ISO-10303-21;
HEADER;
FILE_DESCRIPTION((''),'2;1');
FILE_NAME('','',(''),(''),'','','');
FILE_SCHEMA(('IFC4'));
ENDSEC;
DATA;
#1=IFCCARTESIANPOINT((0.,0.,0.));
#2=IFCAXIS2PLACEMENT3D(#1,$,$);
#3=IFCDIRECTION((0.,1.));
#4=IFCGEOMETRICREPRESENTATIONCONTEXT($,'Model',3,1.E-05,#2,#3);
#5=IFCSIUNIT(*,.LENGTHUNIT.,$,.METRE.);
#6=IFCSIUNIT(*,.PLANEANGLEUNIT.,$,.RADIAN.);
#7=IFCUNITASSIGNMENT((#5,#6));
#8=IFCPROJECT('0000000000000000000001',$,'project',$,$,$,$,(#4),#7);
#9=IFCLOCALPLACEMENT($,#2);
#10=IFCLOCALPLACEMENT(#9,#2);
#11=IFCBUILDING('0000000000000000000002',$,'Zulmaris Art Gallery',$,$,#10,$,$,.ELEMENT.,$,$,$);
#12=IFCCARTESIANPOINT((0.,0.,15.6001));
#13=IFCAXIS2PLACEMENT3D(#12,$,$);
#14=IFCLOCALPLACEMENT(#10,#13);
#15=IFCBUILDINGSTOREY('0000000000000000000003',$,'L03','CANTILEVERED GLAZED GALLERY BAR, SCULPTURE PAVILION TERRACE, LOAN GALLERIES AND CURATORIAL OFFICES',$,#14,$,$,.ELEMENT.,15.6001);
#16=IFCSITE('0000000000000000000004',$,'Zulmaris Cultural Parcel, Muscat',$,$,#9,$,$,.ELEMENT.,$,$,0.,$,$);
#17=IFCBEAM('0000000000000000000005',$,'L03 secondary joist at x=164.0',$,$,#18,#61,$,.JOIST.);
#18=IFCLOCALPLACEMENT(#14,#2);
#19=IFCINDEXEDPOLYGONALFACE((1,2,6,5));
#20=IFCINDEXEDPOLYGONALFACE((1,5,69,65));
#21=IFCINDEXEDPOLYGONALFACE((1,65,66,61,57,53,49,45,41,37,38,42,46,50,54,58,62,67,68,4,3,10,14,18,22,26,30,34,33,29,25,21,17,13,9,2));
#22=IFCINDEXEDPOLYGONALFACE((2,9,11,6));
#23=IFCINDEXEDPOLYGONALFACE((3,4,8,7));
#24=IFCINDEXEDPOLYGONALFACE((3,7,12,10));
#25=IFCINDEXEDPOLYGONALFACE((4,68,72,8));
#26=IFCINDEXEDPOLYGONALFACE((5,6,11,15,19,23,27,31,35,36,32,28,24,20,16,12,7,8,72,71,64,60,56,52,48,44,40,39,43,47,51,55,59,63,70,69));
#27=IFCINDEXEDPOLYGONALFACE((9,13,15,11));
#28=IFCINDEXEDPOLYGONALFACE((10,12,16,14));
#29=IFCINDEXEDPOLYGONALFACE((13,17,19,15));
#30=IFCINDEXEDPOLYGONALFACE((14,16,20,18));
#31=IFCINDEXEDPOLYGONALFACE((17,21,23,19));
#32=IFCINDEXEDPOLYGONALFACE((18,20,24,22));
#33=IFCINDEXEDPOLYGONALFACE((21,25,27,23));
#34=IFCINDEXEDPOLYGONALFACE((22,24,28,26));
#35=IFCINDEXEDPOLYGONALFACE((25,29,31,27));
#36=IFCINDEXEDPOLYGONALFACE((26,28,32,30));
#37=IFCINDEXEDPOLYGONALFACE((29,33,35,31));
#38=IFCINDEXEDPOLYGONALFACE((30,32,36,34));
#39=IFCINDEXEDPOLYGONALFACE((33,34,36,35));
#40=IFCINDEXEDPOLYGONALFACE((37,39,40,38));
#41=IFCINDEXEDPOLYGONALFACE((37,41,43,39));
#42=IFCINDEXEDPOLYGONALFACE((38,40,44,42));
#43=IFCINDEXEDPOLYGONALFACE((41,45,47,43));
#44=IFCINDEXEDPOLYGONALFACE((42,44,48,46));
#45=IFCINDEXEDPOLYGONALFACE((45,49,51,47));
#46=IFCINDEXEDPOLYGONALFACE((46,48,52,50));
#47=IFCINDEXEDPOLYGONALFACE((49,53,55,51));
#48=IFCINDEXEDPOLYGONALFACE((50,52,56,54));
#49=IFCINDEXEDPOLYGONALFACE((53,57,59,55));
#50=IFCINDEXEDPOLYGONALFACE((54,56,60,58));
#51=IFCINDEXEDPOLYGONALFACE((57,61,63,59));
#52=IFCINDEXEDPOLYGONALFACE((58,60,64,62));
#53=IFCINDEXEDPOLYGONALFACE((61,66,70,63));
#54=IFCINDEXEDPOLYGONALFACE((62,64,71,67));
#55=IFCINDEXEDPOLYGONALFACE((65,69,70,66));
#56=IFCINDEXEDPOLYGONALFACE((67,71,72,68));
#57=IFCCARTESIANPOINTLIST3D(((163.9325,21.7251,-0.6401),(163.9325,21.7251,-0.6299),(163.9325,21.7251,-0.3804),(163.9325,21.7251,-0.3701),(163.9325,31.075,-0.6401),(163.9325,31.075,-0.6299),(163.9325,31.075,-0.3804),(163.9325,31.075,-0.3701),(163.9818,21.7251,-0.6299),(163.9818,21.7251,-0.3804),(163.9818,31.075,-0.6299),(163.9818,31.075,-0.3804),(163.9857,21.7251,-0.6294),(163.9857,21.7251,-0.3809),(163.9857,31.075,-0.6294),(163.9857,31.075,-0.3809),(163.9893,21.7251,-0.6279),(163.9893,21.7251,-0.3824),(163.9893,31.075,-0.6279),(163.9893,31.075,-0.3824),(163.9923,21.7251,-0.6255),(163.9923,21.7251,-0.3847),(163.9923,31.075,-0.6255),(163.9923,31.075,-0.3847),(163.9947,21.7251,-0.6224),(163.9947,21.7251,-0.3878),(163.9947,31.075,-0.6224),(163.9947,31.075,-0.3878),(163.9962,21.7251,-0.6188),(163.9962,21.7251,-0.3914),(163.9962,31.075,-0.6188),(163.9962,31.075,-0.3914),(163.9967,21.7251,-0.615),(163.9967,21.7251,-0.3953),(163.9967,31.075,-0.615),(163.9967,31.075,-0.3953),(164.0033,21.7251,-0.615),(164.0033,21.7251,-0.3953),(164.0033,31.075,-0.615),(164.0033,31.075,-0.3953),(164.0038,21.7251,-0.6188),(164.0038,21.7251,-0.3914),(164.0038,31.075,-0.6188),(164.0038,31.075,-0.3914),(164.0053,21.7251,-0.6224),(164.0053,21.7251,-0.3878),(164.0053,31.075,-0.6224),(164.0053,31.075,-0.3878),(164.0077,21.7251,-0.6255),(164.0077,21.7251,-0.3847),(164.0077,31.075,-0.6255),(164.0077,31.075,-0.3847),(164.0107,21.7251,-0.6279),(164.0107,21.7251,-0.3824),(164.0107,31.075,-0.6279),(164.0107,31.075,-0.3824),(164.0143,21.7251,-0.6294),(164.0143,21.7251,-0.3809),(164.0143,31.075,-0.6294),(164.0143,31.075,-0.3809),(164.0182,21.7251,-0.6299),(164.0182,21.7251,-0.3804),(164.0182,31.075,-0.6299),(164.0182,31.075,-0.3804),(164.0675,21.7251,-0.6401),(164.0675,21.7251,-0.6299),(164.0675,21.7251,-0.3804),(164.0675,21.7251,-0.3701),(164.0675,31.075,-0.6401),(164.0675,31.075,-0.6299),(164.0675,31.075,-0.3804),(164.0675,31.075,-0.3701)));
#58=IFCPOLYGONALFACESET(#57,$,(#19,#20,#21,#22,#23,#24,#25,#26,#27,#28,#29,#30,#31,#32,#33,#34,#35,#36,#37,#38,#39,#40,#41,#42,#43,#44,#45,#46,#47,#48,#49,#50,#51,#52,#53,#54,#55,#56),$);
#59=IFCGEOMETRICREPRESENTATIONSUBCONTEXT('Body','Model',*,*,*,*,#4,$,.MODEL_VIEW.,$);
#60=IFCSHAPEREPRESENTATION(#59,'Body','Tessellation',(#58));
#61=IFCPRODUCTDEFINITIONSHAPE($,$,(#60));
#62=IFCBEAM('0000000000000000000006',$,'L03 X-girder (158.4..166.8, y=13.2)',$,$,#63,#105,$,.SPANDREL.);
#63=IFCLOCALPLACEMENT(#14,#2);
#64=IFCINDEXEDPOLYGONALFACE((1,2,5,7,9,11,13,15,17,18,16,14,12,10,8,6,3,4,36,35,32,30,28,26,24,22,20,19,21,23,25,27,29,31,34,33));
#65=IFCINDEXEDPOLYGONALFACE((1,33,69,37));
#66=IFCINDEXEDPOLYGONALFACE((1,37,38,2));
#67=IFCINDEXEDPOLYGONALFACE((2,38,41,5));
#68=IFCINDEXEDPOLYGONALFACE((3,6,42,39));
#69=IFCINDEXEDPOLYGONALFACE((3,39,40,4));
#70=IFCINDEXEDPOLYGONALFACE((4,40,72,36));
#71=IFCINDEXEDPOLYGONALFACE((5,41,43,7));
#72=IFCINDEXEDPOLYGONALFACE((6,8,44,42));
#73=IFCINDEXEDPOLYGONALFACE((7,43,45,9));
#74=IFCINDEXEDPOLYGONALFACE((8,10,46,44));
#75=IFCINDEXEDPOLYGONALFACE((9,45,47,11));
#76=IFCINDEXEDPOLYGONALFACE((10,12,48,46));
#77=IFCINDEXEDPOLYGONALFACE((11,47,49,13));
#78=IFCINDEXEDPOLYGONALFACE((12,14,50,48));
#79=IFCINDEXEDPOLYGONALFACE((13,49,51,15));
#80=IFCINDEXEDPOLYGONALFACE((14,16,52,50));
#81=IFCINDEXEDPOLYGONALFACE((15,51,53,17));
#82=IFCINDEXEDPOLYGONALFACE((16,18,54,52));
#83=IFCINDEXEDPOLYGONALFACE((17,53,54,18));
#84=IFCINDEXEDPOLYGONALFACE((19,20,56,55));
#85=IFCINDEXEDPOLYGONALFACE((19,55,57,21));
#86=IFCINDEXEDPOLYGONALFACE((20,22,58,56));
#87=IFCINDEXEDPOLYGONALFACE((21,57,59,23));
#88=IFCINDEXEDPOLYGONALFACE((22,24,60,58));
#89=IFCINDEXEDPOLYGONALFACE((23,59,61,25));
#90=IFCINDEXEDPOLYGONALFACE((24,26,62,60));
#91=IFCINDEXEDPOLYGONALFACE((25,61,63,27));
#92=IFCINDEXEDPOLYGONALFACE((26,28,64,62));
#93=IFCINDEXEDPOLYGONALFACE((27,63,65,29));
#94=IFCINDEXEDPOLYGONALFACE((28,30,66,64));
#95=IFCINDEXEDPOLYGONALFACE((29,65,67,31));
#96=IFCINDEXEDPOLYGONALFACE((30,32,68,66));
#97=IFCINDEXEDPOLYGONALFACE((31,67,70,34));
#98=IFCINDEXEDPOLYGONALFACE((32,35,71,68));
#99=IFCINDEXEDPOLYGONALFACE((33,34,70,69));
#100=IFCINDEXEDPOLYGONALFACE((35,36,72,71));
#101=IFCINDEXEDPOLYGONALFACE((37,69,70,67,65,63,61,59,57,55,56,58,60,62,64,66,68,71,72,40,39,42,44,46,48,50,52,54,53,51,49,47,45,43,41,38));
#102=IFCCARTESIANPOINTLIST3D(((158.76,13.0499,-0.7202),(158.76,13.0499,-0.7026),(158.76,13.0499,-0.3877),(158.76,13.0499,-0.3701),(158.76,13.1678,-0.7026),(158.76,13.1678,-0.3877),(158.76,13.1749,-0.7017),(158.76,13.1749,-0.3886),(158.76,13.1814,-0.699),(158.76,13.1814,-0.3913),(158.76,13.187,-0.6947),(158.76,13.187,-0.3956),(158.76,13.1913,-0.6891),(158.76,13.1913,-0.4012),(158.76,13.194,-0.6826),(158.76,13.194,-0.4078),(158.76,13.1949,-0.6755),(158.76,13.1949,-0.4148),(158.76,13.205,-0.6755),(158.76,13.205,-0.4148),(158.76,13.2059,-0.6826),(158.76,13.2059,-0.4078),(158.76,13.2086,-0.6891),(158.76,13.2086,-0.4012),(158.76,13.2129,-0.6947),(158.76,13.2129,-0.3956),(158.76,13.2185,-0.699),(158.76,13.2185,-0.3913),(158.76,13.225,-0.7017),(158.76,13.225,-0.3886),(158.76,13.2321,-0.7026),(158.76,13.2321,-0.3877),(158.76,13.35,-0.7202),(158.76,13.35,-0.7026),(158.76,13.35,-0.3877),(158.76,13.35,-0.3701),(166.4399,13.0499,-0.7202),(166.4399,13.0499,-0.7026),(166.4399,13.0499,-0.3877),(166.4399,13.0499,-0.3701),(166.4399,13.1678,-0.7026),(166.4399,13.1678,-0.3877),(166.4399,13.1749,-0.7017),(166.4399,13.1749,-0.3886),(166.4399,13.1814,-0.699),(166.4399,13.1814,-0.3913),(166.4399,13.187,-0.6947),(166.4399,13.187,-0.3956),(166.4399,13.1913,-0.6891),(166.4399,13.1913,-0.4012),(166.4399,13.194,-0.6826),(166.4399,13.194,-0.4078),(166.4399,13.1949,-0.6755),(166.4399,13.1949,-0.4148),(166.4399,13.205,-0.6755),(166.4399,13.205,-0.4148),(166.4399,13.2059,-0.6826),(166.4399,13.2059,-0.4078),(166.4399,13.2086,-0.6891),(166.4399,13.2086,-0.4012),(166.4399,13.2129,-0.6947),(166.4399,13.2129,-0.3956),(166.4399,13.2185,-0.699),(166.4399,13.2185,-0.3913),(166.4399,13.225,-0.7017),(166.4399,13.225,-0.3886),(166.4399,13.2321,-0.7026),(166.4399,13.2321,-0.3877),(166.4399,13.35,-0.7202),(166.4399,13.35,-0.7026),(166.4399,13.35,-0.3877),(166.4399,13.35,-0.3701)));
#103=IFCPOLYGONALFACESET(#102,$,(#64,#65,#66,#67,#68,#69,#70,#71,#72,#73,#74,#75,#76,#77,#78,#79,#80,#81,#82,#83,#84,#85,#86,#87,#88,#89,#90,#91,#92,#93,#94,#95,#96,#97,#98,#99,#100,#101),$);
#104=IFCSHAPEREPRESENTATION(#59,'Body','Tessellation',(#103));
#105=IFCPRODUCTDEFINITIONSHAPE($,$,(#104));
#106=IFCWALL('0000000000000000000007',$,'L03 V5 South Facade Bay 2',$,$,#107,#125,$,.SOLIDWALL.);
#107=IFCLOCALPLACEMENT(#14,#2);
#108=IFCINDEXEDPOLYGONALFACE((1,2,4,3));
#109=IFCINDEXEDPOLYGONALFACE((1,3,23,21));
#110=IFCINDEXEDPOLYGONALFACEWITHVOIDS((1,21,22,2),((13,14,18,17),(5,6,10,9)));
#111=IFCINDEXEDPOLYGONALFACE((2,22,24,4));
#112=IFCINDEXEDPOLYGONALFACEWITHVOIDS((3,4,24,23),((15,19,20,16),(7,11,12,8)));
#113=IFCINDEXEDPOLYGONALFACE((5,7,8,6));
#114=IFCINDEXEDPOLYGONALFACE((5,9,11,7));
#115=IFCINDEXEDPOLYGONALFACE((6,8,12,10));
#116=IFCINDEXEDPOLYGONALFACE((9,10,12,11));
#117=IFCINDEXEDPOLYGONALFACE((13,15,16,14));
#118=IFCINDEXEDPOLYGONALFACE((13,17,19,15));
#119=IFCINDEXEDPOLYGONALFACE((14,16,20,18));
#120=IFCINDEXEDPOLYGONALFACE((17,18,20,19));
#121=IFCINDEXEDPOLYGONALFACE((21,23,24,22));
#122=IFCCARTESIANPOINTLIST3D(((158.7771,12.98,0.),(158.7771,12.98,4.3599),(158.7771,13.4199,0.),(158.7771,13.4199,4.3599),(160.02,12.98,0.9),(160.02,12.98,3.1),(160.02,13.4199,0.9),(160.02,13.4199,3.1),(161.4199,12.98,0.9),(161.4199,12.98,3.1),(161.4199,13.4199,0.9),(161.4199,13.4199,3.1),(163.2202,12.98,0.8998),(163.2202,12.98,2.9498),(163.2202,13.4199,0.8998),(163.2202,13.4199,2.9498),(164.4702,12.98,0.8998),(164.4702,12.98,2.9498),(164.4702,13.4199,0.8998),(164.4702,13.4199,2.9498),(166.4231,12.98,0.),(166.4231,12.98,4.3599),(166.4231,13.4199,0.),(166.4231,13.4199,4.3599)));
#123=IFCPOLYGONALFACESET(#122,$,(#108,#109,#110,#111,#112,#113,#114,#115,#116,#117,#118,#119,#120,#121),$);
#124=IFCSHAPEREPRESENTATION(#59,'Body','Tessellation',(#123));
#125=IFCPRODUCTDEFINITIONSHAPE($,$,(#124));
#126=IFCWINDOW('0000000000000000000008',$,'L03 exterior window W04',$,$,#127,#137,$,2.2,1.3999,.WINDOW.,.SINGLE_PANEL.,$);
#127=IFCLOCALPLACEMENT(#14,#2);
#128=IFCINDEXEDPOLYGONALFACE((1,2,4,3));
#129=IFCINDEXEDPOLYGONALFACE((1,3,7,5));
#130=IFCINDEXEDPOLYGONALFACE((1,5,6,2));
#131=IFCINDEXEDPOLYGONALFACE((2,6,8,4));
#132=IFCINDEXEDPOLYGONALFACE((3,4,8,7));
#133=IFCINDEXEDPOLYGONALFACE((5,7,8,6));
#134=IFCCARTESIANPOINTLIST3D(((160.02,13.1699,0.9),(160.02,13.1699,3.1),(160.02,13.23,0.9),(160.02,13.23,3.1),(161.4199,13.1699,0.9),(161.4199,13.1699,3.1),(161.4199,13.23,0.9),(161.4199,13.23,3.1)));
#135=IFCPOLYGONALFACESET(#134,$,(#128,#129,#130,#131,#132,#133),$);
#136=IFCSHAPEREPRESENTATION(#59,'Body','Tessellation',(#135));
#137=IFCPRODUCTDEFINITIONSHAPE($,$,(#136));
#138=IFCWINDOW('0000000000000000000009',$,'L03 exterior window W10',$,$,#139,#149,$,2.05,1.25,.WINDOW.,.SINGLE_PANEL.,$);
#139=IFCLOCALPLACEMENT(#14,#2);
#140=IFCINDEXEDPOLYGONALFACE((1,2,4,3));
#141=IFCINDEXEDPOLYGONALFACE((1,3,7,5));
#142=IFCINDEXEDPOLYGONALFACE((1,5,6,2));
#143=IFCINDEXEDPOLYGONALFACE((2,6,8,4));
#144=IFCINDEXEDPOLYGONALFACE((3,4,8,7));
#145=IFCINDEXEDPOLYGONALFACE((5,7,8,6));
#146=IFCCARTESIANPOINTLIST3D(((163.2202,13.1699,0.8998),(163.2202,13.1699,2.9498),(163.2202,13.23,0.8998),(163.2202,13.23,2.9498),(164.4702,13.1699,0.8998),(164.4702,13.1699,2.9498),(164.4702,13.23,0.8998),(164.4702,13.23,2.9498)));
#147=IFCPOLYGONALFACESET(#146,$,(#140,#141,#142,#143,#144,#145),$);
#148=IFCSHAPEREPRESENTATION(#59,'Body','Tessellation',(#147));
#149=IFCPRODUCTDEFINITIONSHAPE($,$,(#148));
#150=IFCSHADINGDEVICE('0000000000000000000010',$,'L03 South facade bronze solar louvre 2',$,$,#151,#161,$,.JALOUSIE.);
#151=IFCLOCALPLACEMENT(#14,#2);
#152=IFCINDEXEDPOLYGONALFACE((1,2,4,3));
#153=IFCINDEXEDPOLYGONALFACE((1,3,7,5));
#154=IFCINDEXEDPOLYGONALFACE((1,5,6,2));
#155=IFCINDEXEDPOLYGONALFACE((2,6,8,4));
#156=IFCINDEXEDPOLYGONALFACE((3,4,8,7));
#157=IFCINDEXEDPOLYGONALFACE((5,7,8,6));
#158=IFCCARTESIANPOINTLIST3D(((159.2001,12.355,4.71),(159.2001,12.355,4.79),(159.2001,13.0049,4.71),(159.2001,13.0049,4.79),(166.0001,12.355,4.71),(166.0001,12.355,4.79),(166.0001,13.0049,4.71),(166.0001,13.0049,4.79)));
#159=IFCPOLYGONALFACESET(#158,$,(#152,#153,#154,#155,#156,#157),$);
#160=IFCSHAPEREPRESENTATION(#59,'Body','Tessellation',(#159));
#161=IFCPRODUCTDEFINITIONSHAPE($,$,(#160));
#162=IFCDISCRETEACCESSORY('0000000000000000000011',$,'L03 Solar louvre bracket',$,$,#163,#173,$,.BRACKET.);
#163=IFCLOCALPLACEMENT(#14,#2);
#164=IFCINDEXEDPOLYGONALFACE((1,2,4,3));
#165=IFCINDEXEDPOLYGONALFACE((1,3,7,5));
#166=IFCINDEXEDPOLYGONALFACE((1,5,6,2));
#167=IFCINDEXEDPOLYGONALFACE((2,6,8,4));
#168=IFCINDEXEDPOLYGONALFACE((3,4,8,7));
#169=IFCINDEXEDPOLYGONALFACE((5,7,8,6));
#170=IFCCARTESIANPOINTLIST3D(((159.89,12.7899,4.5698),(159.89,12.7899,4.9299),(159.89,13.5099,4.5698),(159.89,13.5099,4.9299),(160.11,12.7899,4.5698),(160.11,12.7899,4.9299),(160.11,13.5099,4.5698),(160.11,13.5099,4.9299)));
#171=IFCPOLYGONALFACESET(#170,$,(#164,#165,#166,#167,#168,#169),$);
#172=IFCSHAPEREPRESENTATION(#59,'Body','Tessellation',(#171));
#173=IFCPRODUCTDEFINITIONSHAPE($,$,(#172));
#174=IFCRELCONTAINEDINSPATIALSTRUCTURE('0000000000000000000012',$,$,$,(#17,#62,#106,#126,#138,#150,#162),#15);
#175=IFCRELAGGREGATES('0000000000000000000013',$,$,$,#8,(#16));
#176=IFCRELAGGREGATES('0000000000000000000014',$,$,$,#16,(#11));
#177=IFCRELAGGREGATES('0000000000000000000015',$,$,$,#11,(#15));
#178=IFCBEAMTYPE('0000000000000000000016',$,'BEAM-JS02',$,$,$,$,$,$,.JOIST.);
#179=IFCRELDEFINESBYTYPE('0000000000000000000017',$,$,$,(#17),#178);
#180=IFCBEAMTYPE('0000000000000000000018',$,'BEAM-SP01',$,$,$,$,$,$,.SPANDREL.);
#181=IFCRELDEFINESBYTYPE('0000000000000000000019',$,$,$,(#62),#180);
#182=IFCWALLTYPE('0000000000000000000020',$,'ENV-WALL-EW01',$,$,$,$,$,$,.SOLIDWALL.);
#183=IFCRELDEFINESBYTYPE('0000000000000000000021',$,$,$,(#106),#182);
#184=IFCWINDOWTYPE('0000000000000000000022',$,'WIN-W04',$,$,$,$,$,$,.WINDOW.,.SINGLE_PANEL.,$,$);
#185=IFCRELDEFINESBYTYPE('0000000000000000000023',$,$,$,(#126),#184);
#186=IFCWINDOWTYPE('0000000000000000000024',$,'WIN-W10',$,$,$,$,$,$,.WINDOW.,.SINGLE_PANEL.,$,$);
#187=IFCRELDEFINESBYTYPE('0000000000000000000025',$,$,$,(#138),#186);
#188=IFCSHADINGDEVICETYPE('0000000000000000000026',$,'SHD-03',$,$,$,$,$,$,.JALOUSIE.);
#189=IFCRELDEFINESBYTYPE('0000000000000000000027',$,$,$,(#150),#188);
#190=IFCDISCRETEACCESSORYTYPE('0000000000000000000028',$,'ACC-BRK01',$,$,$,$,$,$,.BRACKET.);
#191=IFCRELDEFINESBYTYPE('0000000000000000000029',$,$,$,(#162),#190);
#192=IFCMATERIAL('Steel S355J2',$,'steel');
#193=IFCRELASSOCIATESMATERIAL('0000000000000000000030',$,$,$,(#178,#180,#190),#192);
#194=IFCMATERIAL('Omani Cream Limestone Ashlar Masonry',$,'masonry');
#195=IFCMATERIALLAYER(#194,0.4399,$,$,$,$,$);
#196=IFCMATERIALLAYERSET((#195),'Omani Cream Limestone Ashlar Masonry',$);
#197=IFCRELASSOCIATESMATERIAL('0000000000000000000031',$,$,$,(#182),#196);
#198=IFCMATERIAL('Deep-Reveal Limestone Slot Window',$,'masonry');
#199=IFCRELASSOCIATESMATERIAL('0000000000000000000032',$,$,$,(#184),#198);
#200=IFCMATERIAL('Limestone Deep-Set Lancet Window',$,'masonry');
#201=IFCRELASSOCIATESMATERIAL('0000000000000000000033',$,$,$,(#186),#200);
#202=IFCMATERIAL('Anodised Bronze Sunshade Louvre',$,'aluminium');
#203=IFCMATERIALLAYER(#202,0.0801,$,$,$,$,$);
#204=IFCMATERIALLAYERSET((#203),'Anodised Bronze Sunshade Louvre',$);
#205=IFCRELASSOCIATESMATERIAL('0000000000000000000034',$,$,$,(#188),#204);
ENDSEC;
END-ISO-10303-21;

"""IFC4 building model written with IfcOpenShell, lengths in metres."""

from ifc_helpers import new_model, si_unit, direction, frame, frame_2d, origin, origin_2d, place, context, subcontext, project, spatial, rectangle, i_section, extrude, material, layer, layer_set, material_profile, profile_set, type_object, element, fill, save


model = new_model("IFC4")

# Units and contexts
model_context = context("Model", 3, precision=1e-05, world=origin(), true_north=direction((0.0, 1.0)))
body_context = subcontext(model_context, "Body", "Model", "MODEL_VIEW")
ifc_project = project(units=[si_unit("LENGTHUNIT", "METRE"), si_unit("PLANEANGLEUNIT", "RADIAN")], contexts=[model_context])

# Site, building, storey
site_placement = place(None, origin())
site = spatial("IfcSite", under=ifc_project, at=site_placement, Name="Zulmaris Cultural Parcel, Muscat", CompositionType="ELEMENT", RefElevation=0.0)
building_placement = place(site_placement, origin())
building = spatial("IfcBuilding", under=site, at=building_placement, Name="Zulmaris Art Gallery", CompositionType="ELEMENT")
storey_placement = place(building_placement, frame((0.0, 0.0, 15.6001)))
storey = spatial("IfcBuildingStorey", under=building, at=storey_placement, Name="L03", Description="CANTILEVERED GLAZED GALLERY BAR, SCULPTURE PAVILION TERRACE, LOAN GALLERIES AND CURATORIAL OFFICES", CompositionType="ELEMENT", Elevation=15.6001)

# Beams
ifc_material_1 = material(Name="Steel S355J2", Category="steel")
ifc_material_profile_1 = material_profile(ifc_material_1, i_section(OverallWidth=0.135, OverallDepth=0.27, WebThickness=0.0066, FlangeThickness=0.0103, FilletRadius=0.0149, at=origin_2d()), Name="IPE 270")
ifc_profile_set_1 = profile_set([ifc_material_profile_1], Name="Steel S355J2")
beam_type_1 = type_object("IfcBeamType", Name="BEAM-JS02", PredefinedType="JOIST", material=ifc_profile_set_1)
beam_1_placement = place(storey_placement, frame((164.0, 21.7251, -0.5051), z_axis=(0.0, 1.0, 0.0), x_axis=(-1.0, 0.0, 0.0)))
element("IfcBeam", 1, at=beam_1_placement, inside=storey, type_object=beam_type_1, Name="L03 secondary joist at x=164.0", PredefinedType="JOIST", context=body_context, shape_type="SweptSolid", body=[
    extrude(i_section(OverallWidth=0.135, OverallDepth=0.27, WebThickness=0.0066, FlangeThickness=0.0103, FilletRadius=0.0149, at=origin_2d()), origin(), (0.0, 0.0, 1.0), 9.3499),
])
ifc_material_profile_2 = material_profile(ifc_material_1, i_section(OverallWidth=0.3, OverallDepth=0.3501, WebThickness=0.01, FlangeThickness=0.0176, FilletRadius=0.0271, at=origin_2d()), Name="HEA 360")
ifc_profile_set_2 = profile_set([ifc_material_profile_2], Name="Steel S355J2")
beam_type_2 = type_object("IfcBeamType", Name="BEAM-SP01", PredefinedType="SPANDREL", material=ifc_profile_set_2)
beam_2_placement = place(storey_placement, frame((158.76, 13.2, -0.5452), z_axis=(1.0, 0.0, 0.0), x_axis=(0.0, 1.0, 0.0)))
element("IfcBeam", 2, at=beam_2_placement, inside=storey, type_object=beam_type_2, Name="L03 X-girder (158.4..166.8, y=13.2)", PredefinedType="SPANDREL", context=body_context, shape_type="SweptSolid", body=[
    extrude(i_section(OverallWidth=0.3, OverallDepth=0.3501, WebThickness=0.01, FlangeThickness=0.0176, FilletRadius=0.0271, at=origin_2d()), origin(), (0.0, 0.0, 1.0), 7.6799),
])

# Wall, openings, windows
ifc_material_2 = material(Name="Omani Cream Limestone Ashlar Masonry", Category="masonry")
ifc_layer_1 = layer(ifc_material_2, 0.4399)
ifc_layer_set_1 = layer_set([ifc_layer_1], Name="Omani Cream Limestone Ashlar Masonry")
wall_type = type_object("IfcWallType", Name="ENV-WALL-EW01", PredefinedType="SOLIDWALL", material=ifc_layer_set_1)
wall_placement = place(storey_placement, frame((158.7771, 13.2, 0.0), z_axis=(0.0, 0.0, 1.0), x_axis=(1.0, 0.0, 0.0)))
wall = element("IfcWall", 3, at=wall_placement, inside=storey, type_object=wall_type, Name="L03 V5 South Facade Bay 2", PredefinedType="SOLIDWALL", context=body_context, shape_type="SweptSolid", body=[
    extrude(rectangle(XDim=7.646, YDim=0.4399, at=frame_2d((3.823, 0.0))), origin(), (0.0, 0.0, 1.0), 4.3599),
])
opening_1_placement = place(wall_placement, frame((1.2429, 0.0, 0.8999)))
opening_1 = element("IfcOpeningElement", 4, at=opening_1_placement, cuts=wall, PredefinedType="OPENING", context=body_context, shape_type="SweptSolid", body=[
    extrude(rectangle(XDim=1.3999, YDim=2.2, at=frame_2d((0.7, 1.1001))), frame((0.0, 0.23, 0.0), z_axis=(0.0, -1.0, 0.0), x_axis=(1.0, 0.0, 0.0)), (0.0, 0.0, 1.0), 0.46),
])
opening_2_placement = place(wall_placement, frame((4.4431, 0.0, 0.8999)))
opening_2 = element("IfcOpeningElement", 5, at=opening_2_placement, cuts=wall, PredefinedType="OPENING", context=body_context, shape_type="SweptSolid", body=[
    extrude(rectangle(XDim=1.25, YDim=2.05, at=frame_2d((0.625, 1.0249))), frame((0.0, 0.23, 0.0), z_axis=(0.0, -1.0, 0.0), x_axis=(1.0, 0.0, 0.0)), (0.0, 0.0, 1.0), 0.46),
])
ifc_material_3 = material(Name="Deep-Reveal Limestone Slot Window", Category="masonry")
window_type_1 = type_object("IfcWindowType", Name="WIN-W04", PartitioningType="SINGLE_PANEL", PredefinedType="WINDOW", material=ifc_material_3)
window_1_placement = place(opening_1_placement, origin())
window_1 = element("IfcWindow", 6, at=window_1_placement, inside=storey, type_object=window_type_1, Name="L03 exterior window W04", OverallHeight=2.2, OverallWidth=1.3999, PartitioningType="SINGLE_PANEL", PredefinedType="WINDOW", context=body_context, shape_type="SweptSolid", body=[
    extrude(rectangle(XDim=1.3999, YDim=2.2, at=frame_2d((0.7, 1.1001))), frame((0.0, 0.03, 0.0), z_axis=(0.0, -1.0, 0.0), x_axis=(1.0, 0.0, 0.0)), (0.0, 0.0, 1.0), 0.0601),
])
fill(opening_1, window_1)
ifc_material_4 = material(Name="Limestone Deep-Set Lancet Window", Category="masonry")
window_type_2 = type_object("IfcWindowType", Name="WIN-W10", PartitioningType="SINGLE_PANEL", PredefinedType="WINDOW", material=ifc_material_4)
window_2_placement = place(opening_2_placement, origin())
window_2 = element("IfcWindow", 7, at=window_2_placement, inside=storey, type_object=window_type_2, Name="L03 exterior window W10", OverallHeight=2.05, OverallWidth=1.25, PartitioningType="SINGLE_PANEL", PredefinedType="WINDOW", context=body_context, shape_type="SweptSolid", body=[
    extrude(rectangle(XDim=1.25, YDim=2.05, at=frame_2d((0.625, 1.0249))), frame((0.0, 0.03, 0.0), z_axis=(0.0, -1.0, 0.0), x_axis=(1.0, 0.0, 0.0)), (0.0, 0.0, 1.0), 0.0601),
])
fill(opening_2, window_2)

# Shading device
ifc_material_5 = material(Name="Anodised Bronze Sunshade Louvre", Category="aluminium")
ifc_layer_2 = layer(ifc_material_5, 0.0801)
ifc_layer_set_2 = layer_set([ifc_layer_2], Name="Anodised Bronze Sunshade Louvre")
shading_device_type = type_object("IfcShadingDeviceType", Name="SHD-03", PredefinedType="JALOUSIE", material=ifc_layer_set_2)
shading_device_placement = place(storey_placement, frame((162.6001, 12.6799, 4.71), z_axis=(0.0, 0.0, 1.0), x_axis=(1.0, 0.0, 0.0)))
element("IfcShadingDevice", 8, at=shading_device_placement, inside=storey, type_object=shading_device_type, Name="L03 South facade bronze solar louvre 2", PredefinedType="JALOUSIE", context=body_context, shape_type="SweptSolid", body=[
    extrude(rectangle(XDim=6.8, YDim=0.6499, at=origin_2d()), origin(), (0.0, 0.0, 1.0), 0.0801),
])

# Discrete accessory
discrete_accessory_type = type_object("IfcDiscreteAccessoryType", Name="ACC-BRK01", PredefinedType="BRACKET", material=ifc_material_1)
for number, where, z_axis, x_axis, name in (
    (9, (160.0, 13.1499, 4.5698), (0.0, 0.0, 1.0), (1.0, 0.0, 0.0), "L03 Solar louvre bracket"),
):
    element("IfcDiscreteAccessory", number, at=place(storey_placement, frame(where, z_axis=z_axis, x_axis=x_axis)), inside=storey, type_object=discrete_accessory_type, Name=name, PredefinedType="BRACKET", context=body_context, shape_type="SweptSolid", body=[
        extrude(rectangle(XDim=0.22, YDim=0.72, at=origin_2d()), origin(), (0.0, 0.0, 1.0), 0.3601),
    ])

save(model, "model.ifc")
